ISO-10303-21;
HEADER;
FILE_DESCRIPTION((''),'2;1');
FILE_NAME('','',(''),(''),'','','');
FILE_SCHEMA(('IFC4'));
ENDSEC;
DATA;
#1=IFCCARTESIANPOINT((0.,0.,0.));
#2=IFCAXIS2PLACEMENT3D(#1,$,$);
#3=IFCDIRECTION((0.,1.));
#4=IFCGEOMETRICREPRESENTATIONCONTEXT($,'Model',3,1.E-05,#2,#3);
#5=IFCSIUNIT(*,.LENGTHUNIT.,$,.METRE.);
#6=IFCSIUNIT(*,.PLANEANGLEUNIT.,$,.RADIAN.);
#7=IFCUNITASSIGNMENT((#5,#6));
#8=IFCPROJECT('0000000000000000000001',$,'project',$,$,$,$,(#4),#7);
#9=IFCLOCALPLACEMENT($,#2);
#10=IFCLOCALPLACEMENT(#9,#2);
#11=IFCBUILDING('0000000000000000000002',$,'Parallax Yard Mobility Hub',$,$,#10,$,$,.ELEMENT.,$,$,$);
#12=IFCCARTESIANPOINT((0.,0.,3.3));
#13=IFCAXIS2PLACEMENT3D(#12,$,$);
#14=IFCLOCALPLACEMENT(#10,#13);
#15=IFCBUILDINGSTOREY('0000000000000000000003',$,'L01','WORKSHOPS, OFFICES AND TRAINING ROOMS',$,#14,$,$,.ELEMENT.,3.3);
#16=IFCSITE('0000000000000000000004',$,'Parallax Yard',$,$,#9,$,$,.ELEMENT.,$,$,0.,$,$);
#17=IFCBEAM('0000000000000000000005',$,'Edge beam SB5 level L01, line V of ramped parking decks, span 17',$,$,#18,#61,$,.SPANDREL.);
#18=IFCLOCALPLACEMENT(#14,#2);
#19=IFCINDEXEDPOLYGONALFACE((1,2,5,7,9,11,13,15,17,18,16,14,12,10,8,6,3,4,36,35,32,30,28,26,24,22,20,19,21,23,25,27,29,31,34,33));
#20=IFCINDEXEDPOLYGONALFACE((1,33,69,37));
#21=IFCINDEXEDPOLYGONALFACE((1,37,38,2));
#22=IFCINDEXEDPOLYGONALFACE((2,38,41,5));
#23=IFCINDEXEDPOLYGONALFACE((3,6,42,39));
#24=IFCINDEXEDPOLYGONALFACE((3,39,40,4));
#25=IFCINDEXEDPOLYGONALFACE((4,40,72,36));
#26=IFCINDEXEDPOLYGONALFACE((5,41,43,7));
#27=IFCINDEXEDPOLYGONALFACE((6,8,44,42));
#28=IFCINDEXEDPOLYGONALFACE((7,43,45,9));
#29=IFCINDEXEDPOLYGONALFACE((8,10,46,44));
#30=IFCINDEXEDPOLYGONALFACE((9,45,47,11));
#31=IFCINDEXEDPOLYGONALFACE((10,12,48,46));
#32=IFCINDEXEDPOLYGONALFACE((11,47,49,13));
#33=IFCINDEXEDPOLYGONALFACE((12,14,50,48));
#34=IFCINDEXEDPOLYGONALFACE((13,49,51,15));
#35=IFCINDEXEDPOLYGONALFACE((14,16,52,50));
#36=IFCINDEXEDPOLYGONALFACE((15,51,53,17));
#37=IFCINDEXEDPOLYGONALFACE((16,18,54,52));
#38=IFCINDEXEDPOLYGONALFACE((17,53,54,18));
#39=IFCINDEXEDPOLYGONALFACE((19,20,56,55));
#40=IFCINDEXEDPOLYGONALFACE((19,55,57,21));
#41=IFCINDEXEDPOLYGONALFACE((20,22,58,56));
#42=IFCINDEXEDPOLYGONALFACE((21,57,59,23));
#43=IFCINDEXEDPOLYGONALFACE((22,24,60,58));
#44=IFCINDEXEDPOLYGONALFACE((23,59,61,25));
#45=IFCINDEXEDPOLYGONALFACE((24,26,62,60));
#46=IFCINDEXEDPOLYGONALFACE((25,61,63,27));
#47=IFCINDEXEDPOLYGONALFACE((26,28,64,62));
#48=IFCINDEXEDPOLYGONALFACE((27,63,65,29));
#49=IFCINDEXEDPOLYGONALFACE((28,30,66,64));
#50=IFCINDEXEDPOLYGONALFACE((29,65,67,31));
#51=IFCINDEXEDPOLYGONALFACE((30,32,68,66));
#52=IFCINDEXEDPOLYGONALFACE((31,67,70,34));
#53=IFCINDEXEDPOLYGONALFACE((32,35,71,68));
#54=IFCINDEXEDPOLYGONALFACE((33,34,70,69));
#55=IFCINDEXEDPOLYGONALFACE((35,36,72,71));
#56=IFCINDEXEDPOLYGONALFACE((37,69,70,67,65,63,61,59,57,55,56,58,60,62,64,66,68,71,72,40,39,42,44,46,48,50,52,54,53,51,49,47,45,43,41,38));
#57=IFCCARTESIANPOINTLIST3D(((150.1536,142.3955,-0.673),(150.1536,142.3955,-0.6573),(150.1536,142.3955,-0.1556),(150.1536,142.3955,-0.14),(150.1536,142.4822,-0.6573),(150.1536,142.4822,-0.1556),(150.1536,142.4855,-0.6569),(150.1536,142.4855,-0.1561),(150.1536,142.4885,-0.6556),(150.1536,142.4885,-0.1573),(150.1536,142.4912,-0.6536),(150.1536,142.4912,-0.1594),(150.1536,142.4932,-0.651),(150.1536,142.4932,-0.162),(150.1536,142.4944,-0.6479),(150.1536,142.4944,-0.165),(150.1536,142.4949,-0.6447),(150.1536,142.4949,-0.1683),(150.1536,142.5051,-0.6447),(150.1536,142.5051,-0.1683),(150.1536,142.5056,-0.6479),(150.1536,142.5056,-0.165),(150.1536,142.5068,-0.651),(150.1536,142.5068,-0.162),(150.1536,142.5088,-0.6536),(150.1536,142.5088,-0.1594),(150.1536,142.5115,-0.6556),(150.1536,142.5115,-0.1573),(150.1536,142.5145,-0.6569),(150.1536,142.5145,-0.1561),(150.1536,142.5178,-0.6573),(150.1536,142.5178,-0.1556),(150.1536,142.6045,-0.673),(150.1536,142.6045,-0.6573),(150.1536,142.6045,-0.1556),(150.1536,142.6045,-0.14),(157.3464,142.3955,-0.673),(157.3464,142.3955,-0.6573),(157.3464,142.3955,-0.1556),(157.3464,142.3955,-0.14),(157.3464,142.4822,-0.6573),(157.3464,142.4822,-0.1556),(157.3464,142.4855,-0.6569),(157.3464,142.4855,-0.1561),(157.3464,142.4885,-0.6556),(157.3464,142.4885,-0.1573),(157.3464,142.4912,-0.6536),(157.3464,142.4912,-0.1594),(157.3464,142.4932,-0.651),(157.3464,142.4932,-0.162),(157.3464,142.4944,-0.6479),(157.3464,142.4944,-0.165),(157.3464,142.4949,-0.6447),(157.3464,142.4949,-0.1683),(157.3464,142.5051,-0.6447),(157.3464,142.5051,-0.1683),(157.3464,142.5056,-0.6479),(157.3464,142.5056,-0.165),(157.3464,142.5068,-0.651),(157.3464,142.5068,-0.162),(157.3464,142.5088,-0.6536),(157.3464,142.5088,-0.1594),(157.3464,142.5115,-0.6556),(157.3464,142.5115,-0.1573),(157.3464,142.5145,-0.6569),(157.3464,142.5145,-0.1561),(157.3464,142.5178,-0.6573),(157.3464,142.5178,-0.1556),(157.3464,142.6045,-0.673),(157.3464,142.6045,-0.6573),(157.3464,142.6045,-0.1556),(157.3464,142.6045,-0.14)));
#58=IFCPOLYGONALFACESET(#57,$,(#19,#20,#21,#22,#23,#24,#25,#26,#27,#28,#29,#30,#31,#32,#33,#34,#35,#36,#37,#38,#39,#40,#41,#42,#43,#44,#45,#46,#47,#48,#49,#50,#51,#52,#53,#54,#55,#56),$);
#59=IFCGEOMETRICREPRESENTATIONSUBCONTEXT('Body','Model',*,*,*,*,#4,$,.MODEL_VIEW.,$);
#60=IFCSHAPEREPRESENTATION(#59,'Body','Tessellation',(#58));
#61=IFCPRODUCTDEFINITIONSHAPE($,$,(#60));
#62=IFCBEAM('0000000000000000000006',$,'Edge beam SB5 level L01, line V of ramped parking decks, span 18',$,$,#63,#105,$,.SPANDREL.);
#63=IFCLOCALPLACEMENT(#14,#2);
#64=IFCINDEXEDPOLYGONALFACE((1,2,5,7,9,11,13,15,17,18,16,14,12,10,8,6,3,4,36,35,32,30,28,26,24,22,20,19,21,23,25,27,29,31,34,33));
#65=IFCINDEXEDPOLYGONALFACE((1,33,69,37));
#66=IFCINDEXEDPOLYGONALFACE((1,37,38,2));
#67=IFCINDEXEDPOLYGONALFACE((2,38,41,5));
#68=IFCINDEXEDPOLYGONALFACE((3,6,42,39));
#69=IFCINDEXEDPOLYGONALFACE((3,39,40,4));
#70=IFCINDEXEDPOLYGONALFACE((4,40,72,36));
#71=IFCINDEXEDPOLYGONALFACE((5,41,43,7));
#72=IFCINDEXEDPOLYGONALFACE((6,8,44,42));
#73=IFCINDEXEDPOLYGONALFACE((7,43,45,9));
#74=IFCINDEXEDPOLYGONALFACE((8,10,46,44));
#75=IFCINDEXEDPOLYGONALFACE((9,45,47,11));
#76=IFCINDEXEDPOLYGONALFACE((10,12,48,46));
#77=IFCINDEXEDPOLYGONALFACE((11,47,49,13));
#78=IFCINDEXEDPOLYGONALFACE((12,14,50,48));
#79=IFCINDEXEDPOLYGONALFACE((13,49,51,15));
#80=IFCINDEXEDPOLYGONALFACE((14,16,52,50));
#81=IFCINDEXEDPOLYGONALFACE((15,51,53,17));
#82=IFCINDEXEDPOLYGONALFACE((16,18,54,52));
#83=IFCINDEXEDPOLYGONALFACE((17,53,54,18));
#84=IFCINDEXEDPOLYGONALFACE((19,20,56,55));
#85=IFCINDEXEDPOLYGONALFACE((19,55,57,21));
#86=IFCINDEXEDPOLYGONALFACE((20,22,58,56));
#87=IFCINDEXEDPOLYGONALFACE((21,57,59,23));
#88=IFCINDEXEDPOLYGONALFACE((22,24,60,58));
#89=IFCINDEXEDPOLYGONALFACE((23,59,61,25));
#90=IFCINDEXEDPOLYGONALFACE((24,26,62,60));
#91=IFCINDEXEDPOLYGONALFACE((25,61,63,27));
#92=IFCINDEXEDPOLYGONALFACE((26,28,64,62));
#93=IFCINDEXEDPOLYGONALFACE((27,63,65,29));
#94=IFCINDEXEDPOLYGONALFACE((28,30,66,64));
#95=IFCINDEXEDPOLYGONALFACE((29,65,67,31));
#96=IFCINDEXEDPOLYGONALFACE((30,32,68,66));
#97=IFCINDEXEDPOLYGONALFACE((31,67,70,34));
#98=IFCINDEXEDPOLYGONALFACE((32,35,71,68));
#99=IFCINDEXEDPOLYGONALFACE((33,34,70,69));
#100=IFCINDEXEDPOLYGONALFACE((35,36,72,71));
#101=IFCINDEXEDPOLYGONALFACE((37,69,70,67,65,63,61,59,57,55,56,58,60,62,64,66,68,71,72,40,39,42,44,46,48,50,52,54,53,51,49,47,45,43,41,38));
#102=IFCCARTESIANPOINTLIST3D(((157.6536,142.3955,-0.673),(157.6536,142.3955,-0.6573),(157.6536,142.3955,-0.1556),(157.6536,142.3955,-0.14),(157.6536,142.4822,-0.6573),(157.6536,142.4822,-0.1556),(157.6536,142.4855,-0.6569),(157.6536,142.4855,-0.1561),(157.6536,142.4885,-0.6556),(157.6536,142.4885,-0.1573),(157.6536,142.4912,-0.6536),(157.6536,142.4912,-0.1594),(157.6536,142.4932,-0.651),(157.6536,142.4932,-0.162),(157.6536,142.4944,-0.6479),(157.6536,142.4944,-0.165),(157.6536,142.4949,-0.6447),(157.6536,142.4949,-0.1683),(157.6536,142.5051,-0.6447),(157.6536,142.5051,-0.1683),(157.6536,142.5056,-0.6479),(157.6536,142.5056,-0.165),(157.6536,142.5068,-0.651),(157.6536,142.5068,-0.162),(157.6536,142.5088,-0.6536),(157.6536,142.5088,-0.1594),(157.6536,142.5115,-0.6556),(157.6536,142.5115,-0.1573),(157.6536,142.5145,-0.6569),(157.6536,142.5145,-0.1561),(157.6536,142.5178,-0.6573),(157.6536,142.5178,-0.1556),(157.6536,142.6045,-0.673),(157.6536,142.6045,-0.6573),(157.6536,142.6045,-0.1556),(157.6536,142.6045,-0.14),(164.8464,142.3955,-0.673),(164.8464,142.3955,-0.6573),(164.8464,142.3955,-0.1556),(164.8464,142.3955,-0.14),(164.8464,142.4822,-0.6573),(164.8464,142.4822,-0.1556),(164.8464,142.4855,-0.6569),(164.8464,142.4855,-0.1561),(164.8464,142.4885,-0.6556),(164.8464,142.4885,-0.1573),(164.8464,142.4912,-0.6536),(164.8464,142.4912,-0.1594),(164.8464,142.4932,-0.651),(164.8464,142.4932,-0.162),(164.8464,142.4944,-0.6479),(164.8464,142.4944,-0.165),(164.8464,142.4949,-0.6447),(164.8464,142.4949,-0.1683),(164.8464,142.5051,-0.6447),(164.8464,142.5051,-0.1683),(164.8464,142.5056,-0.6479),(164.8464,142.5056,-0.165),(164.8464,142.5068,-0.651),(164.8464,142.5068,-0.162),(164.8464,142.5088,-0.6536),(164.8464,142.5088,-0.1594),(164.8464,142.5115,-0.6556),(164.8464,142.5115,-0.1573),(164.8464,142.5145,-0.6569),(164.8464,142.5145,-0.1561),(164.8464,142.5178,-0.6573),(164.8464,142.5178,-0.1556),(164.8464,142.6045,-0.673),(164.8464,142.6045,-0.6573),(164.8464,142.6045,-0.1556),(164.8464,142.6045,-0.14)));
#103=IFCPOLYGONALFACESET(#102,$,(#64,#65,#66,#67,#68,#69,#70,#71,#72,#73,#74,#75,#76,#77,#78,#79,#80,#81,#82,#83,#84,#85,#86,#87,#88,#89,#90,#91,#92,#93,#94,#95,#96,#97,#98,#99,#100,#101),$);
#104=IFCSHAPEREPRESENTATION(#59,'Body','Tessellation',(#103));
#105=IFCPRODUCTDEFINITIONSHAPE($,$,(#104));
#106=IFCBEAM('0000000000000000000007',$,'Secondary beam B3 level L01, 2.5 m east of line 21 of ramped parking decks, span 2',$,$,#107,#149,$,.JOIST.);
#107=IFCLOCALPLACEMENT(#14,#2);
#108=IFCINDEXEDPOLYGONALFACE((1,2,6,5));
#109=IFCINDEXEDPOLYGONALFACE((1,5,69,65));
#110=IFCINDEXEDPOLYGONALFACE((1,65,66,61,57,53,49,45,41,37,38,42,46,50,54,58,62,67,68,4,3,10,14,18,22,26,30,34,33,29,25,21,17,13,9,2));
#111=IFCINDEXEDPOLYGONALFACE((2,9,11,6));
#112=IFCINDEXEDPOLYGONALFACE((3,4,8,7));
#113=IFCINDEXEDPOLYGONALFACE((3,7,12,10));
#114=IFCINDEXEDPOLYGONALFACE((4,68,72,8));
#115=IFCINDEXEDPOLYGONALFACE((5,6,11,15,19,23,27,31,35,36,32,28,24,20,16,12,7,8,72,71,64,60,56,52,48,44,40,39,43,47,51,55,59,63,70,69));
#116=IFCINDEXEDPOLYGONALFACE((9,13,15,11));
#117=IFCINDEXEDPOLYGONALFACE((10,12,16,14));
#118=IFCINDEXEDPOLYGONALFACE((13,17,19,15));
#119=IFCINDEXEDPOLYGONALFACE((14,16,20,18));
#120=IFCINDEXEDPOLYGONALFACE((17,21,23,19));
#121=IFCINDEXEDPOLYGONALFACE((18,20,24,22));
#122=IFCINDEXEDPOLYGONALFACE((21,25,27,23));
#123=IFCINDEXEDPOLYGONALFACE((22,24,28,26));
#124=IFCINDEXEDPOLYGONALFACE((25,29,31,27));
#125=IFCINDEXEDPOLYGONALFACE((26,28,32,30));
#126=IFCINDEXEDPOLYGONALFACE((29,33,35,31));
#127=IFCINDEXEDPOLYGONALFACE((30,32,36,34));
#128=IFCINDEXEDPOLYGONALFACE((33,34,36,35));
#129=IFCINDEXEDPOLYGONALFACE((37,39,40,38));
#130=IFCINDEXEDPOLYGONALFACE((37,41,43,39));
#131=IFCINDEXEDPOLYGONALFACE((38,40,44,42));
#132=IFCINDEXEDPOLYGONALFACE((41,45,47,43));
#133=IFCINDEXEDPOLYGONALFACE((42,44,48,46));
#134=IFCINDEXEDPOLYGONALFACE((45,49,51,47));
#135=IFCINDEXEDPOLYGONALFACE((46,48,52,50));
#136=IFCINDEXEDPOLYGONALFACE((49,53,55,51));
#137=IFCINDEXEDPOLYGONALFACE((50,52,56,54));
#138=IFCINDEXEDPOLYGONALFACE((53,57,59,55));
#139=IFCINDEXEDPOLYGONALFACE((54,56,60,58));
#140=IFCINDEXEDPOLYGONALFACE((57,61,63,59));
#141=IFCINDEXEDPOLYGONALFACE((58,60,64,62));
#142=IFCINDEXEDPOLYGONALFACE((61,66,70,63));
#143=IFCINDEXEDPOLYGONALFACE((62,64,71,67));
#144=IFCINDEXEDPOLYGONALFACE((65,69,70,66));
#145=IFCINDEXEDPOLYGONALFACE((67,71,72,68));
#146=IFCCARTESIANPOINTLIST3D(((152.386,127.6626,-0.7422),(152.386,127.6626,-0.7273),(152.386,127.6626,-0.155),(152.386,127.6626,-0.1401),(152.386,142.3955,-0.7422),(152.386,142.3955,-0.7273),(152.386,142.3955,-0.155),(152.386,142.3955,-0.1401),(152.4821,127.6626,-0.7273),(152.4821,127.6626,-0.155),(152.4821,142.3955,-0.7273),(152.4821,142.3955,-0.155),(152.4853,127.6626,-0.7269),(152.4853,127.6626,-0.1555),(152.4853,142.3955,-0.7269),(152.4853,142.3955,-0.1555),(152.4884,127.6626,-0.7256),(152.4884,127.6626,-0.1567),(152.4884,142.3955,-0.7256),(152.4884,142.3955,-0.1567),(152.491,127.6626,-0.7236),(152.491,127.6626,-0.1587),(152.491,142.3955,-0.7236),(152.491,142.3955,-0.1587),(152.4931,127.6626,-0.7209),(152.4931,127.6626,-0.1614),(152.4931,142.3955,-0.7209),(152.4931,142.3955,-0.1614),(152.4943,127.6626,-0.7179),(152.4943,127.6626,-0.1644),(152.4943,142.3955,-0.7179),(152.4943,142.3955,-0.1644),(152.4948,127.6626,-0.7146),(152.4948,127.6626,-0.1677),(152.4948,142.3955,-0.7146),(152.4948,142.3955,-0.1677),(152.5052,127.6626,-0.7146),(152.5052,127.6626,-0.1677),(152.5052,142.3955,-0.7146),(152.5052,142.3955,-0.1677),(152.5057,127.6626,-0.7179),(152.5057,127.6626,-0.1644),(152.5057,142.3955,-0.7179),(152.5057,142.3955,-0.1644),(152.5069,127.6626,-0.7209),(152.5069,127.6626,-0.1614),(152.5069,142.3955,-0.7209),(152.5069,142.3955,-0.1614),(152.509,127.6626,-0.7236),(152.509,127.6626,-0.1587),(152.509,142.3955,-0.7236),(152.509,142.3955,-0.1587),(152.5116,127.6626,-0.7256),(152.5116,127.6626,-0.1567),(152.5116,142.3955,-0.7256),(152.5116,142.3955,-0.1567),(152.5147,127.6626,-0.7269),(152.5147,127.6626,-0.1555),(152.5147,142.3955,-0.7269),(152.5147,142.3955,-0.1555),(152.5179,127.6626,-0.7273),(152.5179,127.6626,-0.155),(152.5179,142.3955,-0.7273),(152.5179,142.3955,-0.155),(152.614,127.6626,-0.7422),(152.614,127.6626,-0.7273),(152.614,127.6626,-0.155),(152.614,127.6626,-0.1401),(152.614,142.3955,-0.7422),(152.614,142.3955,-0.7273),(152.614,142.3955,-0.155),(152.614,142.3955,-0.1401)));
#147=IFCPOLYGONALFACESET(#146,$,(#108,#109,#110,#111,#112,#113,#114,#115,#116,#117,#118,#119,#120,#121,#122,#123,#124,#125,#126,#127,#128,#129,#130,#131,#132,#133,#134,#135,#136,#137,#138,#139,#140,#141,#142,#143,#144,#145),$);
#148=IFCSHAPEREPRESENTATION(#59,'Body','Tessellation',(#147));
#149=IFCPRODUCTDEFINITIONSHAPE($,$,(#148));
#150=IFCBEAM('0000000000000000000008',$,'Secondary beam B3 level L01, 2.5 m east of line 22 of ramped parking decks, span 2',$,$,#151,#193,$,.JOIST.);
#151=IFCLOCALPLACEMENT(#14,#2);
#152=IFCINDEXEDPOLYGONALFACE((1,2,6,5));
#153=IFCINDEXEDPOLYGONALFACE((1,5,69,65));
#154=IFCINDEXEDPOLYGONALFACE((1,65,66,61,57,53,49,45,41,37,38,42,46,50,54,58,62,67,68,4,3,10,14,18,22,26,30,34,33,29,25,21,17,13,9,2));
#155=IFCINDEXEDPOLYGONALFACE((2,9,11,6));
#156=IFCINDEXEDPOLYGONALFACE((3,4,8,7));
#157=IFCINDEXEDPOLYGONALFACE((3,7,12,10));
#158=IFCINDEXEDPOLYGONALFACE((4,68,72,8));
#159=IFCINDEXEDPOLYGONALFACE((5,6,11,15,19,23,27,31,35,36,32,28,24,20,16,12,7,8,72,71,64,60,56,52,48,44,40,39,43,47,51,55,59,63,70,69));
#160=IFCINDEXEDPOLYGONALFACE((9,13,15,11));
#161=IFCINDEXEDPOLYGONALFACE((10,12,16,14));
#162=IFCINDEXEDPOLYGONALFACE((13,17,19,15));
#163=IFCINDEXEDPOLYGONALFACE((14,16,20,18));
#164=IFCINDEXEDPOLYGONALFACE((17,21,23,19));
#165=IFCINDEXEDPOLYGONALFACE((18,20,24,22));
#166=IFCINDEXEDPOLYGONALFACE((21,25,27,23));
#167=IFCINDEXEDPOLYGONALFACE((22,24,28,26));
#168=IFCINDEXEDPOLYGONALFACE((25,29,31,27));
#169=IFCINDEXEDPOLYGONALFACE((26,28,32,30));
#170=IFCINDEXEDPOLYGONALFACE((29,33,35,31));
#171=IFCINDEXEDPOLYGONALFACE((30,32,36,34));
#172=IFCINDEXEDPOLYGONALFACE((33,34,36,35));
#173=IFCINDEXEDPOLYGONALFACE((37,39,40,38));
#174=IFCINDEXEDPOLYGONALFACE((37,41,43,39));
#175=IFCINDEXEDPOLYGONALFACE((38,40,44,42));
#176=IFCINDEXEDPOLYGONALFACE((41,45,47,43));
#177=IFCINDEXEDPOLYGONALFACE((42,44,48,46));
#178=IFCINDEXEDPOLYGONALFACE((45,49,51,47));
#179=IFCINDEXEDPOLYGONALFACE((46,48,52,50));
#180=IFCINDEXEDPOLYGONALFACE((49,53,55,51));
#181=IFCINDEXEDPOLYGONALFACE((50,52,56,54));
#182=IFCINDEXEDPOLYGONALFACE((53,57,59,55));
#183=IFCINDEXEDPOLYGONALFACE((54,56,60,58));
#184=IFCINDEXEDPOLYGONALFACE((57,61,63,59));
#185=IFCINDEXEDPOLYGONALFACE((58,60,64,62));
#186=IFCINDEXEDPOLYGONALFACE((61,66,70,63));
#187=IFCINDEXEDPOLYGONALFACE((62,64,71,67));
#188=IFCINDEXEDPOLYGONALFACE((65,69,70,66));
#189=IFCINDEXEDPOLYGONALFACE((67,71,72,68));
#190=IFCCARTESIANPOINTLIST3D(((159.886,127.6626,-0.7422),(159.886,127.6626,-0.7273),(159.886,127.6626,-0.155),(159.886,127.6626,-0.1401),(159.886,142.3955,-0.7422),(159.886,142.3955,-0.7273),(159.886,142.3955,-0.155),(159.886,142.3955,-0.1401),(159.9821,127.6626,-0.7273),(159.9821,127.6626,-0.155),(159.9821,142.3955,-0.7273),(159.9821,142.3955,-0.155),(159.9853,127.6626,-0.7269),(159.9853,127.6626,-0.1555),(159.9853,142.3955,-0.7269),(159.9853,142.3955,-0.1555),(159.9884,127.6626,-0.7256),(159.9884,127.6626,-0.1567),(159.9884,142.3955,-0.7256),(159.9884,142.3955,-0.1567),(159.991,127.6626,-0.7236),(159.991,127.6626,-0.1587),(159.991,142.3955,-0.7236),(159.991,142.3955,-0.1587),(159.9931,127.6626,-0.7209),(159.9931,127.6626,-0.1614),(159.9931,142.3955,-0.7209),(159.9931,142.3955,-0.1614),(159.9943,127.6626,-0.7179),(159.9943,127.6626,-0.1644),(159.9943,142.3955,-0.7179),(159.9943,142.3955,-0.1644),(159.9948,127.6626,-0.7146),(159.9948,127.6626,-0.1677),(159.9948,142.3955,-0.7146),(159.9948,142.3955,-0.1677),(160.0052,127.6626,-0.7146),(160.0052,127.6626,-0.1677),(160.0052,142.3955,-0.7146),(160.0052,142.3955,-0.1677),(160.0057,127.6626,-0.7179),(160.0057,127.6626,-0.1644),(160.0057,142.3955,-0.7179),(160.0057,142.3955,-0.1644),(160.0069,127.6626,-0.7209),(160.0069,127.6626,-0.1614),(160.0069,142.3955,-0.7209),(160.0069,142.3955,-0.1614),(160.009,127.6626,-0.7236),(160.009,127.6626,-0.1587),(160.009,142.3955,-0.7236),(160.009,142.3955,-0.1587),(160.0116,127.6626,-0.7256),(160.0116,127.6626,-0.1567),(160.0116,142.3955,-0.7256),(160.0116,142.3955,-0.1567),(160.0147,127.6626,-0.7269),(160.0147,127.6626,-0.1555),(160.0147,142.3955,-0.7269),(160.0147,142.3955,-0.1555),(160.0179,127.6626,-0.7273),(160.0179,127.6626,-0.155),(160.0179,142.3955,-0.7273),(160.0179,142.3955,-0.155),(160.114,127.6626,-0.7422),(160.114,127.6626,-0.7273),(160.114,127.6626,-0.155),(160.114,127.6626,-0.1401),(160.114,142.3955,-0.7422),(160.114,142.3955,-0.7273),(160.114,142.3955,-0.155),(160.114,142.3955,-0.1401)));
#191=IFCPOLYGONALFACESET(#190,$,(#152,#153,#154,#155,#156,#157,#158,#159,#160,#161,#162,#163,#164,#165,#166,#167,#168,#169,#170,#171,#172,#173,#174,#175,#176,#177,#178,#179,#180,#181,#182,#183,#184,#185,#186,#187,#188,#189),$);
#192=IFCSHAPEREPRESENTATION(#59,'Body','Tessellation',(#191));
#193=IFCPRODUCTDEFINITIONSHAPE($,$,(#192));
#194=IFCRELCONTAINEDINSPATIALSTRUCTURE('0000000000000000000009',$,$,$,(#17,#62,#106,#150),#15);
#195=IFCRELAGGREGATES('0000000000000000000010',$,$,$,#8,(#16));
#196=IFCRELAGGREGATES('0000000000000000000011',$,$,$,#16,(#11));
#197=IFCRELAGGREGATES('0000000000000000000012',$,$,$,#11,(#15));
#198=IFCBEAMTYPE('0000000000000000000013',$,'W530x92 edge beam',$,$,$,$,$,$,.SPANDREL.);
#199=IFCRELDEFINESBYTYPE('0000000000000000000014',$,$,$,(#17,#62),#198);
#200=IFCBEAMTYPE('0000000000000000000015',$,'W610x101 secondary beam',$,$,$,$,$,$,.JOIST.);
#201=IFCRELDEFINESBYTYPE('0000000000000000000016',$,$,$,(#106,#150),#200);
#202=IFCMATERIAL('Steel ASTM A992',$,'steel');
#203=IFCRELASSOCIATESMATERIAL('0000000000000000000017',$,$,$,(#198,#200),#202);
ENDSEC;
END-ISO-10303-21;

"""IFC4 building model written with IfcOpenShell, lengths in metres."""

from ifc_helpers import new_model, si_unit, direction, frame, origin, origin_2d, place, context, subcontext, project, spatial, i_section, extrude, material, material_profile, profile_set, type_object, element, save


model = new_model("IFC4")

# Units and contexts
model_context = context("Model", 3, precision=1e-05, world=origin(), true_north=direction((0.0, 1.0)))
body_context = subcontext(model_context, "Body", "Model", "MODEL_VIEW")
ifc_project = project(units=[si_unit("LENGTHUNIT", "METRE"), si_unit("PLANEANGLEUNIT", "RADIAN")], contexts=[model_context])

# Site, building, storey
site_placement = place(None, origin())
site = spatial("IfcSite", under=ifc_project, at=site_placement, Name="Parallax Yard", CompositionType="ELEMENT", RefElevation=0.0)
building_placement = place(site_placement, origin())
building = spatial("IfcBuilding", under=site, at=building_placement, Name="Parallax Yard Mobility Hub", CompositionType="ELEMENT")
storey_placement = place(building_placement, frame((0.0, 0.0, 3.3)))
storey = spatial("IfcBuildingStorey", under=building, at=storey_placement, Name="L01", Description="WORKSHOPS, OFFICES AND TRAINING ROOMS", CompositionType="ELEMENT", Elevation=3.3)

# Shared definitions
ifc_material_1 = material(Name="Steel ASTM A992", Category="steel")

# Beams
ifc_material_profile_1 = material_profile(ifc_material_1, i_section(OverallWidth=0.209, OverallDepth=0.533, WebThickness=0.0103, FlangeThickness=0.0156, FilletRadius=0.0127, at=origin_2d()), Name="W530x92")
ifc_profile_set_1 = profile_set([ifc_material_profile_1], Name="Steel ASTM A992")
beam_type_1 = type_object("IfcBeamType", Name="W530x92 edge beam", PredefinedType="SPANDREL", material=ifc_profile_set_1)
for number, where, z_axis, x_axis, name in (
    (1, (150.1536, 142.5, -0.4065), (1.0, 0.0, 0.0), (0.0, 1.0, 0.0), "Edge beam SB5 level L01, line V of ramped parking decks, span 17"),
    (2, (157.6536, 142.5, -0.4065), (1.0, 0.0, 0.0), (0.0, 1.0, 0.0), "Edge beam SB5 level L01, line V of ramped parking decks, span 18"),
):
    element("IfcBeam", number, at=place(storey_placement, frame(where, z_axis=z_axis, x_axis=x_axis)), inside=storey, type_object=beam_type_1, Name=name, PredefinedType="SPANDREL", context=body_context, shape_type="SweptSolid", body=[
        extrude(i_section(OverallWidth=0.209, OverallDepth=0.533, WebThickness=0.0103, FlangeThickness=0.0156, FilletRadius=0.0127, at=origin_2d()), origin(), (0.0, 0.0, 1.0), 7.1929),
    ])
ifc_material_profile_2 = material_profile(ifc_material_1, i_section(OverallWidth=0.228, OverallDepth=0.6021, WebThickness=0.0105, FlangeThickness=0.0149, FilletRadius=0.0127, at=origin_2d()), Name="W610x101")
ifc_profile_set_2 = profile_set([ifc_material_profile_2], Name="Steel ASTM A992")
beam_type_2 = type_object("IfcBeamType", Name="W610x101 secondary beam", PredefinedType="JOIST", material=ifc_profile_set_2)
for number, where, z_axis, x_axis, name in (
    (3, (152.5, 127.6626, -0.4412), (0.0, 1.0, 0.0), (-1.0, 0.0, 0.0), "Secondary beam B3 level L01, 2.5 m east of line 21 of ramped parking decks, span 2"),
    (4, (160.0, 127.6626, -0.4412), (0.0, 1.0, 0.0), (-1.0, 0.0, 0.0), "Secondary beam B3 level L01, 2.5 m east of line 22 of ramped parking decks, span 2"),
):
    element("IfcBeam", number, at=place(storey_placement, frame(where, z_axis=z_axis, x_axis=x_axis)), inside=storey, type_object=beam_type_2, Name=name, PredefinedType="JOIST", context=body_context, shape_type="SweptSolid", body=[
        extrude(i_section(OverallWidth=0.228, OverallDepth=0.6021, WebThickness=0.0105, FlangeThickness=0.0149, FilletRadius=0.0127, at=origin_2d()), origin(), (0.0, 0.0, 1.0), 14.7329),
    ])

save(model, "model.ifc")
